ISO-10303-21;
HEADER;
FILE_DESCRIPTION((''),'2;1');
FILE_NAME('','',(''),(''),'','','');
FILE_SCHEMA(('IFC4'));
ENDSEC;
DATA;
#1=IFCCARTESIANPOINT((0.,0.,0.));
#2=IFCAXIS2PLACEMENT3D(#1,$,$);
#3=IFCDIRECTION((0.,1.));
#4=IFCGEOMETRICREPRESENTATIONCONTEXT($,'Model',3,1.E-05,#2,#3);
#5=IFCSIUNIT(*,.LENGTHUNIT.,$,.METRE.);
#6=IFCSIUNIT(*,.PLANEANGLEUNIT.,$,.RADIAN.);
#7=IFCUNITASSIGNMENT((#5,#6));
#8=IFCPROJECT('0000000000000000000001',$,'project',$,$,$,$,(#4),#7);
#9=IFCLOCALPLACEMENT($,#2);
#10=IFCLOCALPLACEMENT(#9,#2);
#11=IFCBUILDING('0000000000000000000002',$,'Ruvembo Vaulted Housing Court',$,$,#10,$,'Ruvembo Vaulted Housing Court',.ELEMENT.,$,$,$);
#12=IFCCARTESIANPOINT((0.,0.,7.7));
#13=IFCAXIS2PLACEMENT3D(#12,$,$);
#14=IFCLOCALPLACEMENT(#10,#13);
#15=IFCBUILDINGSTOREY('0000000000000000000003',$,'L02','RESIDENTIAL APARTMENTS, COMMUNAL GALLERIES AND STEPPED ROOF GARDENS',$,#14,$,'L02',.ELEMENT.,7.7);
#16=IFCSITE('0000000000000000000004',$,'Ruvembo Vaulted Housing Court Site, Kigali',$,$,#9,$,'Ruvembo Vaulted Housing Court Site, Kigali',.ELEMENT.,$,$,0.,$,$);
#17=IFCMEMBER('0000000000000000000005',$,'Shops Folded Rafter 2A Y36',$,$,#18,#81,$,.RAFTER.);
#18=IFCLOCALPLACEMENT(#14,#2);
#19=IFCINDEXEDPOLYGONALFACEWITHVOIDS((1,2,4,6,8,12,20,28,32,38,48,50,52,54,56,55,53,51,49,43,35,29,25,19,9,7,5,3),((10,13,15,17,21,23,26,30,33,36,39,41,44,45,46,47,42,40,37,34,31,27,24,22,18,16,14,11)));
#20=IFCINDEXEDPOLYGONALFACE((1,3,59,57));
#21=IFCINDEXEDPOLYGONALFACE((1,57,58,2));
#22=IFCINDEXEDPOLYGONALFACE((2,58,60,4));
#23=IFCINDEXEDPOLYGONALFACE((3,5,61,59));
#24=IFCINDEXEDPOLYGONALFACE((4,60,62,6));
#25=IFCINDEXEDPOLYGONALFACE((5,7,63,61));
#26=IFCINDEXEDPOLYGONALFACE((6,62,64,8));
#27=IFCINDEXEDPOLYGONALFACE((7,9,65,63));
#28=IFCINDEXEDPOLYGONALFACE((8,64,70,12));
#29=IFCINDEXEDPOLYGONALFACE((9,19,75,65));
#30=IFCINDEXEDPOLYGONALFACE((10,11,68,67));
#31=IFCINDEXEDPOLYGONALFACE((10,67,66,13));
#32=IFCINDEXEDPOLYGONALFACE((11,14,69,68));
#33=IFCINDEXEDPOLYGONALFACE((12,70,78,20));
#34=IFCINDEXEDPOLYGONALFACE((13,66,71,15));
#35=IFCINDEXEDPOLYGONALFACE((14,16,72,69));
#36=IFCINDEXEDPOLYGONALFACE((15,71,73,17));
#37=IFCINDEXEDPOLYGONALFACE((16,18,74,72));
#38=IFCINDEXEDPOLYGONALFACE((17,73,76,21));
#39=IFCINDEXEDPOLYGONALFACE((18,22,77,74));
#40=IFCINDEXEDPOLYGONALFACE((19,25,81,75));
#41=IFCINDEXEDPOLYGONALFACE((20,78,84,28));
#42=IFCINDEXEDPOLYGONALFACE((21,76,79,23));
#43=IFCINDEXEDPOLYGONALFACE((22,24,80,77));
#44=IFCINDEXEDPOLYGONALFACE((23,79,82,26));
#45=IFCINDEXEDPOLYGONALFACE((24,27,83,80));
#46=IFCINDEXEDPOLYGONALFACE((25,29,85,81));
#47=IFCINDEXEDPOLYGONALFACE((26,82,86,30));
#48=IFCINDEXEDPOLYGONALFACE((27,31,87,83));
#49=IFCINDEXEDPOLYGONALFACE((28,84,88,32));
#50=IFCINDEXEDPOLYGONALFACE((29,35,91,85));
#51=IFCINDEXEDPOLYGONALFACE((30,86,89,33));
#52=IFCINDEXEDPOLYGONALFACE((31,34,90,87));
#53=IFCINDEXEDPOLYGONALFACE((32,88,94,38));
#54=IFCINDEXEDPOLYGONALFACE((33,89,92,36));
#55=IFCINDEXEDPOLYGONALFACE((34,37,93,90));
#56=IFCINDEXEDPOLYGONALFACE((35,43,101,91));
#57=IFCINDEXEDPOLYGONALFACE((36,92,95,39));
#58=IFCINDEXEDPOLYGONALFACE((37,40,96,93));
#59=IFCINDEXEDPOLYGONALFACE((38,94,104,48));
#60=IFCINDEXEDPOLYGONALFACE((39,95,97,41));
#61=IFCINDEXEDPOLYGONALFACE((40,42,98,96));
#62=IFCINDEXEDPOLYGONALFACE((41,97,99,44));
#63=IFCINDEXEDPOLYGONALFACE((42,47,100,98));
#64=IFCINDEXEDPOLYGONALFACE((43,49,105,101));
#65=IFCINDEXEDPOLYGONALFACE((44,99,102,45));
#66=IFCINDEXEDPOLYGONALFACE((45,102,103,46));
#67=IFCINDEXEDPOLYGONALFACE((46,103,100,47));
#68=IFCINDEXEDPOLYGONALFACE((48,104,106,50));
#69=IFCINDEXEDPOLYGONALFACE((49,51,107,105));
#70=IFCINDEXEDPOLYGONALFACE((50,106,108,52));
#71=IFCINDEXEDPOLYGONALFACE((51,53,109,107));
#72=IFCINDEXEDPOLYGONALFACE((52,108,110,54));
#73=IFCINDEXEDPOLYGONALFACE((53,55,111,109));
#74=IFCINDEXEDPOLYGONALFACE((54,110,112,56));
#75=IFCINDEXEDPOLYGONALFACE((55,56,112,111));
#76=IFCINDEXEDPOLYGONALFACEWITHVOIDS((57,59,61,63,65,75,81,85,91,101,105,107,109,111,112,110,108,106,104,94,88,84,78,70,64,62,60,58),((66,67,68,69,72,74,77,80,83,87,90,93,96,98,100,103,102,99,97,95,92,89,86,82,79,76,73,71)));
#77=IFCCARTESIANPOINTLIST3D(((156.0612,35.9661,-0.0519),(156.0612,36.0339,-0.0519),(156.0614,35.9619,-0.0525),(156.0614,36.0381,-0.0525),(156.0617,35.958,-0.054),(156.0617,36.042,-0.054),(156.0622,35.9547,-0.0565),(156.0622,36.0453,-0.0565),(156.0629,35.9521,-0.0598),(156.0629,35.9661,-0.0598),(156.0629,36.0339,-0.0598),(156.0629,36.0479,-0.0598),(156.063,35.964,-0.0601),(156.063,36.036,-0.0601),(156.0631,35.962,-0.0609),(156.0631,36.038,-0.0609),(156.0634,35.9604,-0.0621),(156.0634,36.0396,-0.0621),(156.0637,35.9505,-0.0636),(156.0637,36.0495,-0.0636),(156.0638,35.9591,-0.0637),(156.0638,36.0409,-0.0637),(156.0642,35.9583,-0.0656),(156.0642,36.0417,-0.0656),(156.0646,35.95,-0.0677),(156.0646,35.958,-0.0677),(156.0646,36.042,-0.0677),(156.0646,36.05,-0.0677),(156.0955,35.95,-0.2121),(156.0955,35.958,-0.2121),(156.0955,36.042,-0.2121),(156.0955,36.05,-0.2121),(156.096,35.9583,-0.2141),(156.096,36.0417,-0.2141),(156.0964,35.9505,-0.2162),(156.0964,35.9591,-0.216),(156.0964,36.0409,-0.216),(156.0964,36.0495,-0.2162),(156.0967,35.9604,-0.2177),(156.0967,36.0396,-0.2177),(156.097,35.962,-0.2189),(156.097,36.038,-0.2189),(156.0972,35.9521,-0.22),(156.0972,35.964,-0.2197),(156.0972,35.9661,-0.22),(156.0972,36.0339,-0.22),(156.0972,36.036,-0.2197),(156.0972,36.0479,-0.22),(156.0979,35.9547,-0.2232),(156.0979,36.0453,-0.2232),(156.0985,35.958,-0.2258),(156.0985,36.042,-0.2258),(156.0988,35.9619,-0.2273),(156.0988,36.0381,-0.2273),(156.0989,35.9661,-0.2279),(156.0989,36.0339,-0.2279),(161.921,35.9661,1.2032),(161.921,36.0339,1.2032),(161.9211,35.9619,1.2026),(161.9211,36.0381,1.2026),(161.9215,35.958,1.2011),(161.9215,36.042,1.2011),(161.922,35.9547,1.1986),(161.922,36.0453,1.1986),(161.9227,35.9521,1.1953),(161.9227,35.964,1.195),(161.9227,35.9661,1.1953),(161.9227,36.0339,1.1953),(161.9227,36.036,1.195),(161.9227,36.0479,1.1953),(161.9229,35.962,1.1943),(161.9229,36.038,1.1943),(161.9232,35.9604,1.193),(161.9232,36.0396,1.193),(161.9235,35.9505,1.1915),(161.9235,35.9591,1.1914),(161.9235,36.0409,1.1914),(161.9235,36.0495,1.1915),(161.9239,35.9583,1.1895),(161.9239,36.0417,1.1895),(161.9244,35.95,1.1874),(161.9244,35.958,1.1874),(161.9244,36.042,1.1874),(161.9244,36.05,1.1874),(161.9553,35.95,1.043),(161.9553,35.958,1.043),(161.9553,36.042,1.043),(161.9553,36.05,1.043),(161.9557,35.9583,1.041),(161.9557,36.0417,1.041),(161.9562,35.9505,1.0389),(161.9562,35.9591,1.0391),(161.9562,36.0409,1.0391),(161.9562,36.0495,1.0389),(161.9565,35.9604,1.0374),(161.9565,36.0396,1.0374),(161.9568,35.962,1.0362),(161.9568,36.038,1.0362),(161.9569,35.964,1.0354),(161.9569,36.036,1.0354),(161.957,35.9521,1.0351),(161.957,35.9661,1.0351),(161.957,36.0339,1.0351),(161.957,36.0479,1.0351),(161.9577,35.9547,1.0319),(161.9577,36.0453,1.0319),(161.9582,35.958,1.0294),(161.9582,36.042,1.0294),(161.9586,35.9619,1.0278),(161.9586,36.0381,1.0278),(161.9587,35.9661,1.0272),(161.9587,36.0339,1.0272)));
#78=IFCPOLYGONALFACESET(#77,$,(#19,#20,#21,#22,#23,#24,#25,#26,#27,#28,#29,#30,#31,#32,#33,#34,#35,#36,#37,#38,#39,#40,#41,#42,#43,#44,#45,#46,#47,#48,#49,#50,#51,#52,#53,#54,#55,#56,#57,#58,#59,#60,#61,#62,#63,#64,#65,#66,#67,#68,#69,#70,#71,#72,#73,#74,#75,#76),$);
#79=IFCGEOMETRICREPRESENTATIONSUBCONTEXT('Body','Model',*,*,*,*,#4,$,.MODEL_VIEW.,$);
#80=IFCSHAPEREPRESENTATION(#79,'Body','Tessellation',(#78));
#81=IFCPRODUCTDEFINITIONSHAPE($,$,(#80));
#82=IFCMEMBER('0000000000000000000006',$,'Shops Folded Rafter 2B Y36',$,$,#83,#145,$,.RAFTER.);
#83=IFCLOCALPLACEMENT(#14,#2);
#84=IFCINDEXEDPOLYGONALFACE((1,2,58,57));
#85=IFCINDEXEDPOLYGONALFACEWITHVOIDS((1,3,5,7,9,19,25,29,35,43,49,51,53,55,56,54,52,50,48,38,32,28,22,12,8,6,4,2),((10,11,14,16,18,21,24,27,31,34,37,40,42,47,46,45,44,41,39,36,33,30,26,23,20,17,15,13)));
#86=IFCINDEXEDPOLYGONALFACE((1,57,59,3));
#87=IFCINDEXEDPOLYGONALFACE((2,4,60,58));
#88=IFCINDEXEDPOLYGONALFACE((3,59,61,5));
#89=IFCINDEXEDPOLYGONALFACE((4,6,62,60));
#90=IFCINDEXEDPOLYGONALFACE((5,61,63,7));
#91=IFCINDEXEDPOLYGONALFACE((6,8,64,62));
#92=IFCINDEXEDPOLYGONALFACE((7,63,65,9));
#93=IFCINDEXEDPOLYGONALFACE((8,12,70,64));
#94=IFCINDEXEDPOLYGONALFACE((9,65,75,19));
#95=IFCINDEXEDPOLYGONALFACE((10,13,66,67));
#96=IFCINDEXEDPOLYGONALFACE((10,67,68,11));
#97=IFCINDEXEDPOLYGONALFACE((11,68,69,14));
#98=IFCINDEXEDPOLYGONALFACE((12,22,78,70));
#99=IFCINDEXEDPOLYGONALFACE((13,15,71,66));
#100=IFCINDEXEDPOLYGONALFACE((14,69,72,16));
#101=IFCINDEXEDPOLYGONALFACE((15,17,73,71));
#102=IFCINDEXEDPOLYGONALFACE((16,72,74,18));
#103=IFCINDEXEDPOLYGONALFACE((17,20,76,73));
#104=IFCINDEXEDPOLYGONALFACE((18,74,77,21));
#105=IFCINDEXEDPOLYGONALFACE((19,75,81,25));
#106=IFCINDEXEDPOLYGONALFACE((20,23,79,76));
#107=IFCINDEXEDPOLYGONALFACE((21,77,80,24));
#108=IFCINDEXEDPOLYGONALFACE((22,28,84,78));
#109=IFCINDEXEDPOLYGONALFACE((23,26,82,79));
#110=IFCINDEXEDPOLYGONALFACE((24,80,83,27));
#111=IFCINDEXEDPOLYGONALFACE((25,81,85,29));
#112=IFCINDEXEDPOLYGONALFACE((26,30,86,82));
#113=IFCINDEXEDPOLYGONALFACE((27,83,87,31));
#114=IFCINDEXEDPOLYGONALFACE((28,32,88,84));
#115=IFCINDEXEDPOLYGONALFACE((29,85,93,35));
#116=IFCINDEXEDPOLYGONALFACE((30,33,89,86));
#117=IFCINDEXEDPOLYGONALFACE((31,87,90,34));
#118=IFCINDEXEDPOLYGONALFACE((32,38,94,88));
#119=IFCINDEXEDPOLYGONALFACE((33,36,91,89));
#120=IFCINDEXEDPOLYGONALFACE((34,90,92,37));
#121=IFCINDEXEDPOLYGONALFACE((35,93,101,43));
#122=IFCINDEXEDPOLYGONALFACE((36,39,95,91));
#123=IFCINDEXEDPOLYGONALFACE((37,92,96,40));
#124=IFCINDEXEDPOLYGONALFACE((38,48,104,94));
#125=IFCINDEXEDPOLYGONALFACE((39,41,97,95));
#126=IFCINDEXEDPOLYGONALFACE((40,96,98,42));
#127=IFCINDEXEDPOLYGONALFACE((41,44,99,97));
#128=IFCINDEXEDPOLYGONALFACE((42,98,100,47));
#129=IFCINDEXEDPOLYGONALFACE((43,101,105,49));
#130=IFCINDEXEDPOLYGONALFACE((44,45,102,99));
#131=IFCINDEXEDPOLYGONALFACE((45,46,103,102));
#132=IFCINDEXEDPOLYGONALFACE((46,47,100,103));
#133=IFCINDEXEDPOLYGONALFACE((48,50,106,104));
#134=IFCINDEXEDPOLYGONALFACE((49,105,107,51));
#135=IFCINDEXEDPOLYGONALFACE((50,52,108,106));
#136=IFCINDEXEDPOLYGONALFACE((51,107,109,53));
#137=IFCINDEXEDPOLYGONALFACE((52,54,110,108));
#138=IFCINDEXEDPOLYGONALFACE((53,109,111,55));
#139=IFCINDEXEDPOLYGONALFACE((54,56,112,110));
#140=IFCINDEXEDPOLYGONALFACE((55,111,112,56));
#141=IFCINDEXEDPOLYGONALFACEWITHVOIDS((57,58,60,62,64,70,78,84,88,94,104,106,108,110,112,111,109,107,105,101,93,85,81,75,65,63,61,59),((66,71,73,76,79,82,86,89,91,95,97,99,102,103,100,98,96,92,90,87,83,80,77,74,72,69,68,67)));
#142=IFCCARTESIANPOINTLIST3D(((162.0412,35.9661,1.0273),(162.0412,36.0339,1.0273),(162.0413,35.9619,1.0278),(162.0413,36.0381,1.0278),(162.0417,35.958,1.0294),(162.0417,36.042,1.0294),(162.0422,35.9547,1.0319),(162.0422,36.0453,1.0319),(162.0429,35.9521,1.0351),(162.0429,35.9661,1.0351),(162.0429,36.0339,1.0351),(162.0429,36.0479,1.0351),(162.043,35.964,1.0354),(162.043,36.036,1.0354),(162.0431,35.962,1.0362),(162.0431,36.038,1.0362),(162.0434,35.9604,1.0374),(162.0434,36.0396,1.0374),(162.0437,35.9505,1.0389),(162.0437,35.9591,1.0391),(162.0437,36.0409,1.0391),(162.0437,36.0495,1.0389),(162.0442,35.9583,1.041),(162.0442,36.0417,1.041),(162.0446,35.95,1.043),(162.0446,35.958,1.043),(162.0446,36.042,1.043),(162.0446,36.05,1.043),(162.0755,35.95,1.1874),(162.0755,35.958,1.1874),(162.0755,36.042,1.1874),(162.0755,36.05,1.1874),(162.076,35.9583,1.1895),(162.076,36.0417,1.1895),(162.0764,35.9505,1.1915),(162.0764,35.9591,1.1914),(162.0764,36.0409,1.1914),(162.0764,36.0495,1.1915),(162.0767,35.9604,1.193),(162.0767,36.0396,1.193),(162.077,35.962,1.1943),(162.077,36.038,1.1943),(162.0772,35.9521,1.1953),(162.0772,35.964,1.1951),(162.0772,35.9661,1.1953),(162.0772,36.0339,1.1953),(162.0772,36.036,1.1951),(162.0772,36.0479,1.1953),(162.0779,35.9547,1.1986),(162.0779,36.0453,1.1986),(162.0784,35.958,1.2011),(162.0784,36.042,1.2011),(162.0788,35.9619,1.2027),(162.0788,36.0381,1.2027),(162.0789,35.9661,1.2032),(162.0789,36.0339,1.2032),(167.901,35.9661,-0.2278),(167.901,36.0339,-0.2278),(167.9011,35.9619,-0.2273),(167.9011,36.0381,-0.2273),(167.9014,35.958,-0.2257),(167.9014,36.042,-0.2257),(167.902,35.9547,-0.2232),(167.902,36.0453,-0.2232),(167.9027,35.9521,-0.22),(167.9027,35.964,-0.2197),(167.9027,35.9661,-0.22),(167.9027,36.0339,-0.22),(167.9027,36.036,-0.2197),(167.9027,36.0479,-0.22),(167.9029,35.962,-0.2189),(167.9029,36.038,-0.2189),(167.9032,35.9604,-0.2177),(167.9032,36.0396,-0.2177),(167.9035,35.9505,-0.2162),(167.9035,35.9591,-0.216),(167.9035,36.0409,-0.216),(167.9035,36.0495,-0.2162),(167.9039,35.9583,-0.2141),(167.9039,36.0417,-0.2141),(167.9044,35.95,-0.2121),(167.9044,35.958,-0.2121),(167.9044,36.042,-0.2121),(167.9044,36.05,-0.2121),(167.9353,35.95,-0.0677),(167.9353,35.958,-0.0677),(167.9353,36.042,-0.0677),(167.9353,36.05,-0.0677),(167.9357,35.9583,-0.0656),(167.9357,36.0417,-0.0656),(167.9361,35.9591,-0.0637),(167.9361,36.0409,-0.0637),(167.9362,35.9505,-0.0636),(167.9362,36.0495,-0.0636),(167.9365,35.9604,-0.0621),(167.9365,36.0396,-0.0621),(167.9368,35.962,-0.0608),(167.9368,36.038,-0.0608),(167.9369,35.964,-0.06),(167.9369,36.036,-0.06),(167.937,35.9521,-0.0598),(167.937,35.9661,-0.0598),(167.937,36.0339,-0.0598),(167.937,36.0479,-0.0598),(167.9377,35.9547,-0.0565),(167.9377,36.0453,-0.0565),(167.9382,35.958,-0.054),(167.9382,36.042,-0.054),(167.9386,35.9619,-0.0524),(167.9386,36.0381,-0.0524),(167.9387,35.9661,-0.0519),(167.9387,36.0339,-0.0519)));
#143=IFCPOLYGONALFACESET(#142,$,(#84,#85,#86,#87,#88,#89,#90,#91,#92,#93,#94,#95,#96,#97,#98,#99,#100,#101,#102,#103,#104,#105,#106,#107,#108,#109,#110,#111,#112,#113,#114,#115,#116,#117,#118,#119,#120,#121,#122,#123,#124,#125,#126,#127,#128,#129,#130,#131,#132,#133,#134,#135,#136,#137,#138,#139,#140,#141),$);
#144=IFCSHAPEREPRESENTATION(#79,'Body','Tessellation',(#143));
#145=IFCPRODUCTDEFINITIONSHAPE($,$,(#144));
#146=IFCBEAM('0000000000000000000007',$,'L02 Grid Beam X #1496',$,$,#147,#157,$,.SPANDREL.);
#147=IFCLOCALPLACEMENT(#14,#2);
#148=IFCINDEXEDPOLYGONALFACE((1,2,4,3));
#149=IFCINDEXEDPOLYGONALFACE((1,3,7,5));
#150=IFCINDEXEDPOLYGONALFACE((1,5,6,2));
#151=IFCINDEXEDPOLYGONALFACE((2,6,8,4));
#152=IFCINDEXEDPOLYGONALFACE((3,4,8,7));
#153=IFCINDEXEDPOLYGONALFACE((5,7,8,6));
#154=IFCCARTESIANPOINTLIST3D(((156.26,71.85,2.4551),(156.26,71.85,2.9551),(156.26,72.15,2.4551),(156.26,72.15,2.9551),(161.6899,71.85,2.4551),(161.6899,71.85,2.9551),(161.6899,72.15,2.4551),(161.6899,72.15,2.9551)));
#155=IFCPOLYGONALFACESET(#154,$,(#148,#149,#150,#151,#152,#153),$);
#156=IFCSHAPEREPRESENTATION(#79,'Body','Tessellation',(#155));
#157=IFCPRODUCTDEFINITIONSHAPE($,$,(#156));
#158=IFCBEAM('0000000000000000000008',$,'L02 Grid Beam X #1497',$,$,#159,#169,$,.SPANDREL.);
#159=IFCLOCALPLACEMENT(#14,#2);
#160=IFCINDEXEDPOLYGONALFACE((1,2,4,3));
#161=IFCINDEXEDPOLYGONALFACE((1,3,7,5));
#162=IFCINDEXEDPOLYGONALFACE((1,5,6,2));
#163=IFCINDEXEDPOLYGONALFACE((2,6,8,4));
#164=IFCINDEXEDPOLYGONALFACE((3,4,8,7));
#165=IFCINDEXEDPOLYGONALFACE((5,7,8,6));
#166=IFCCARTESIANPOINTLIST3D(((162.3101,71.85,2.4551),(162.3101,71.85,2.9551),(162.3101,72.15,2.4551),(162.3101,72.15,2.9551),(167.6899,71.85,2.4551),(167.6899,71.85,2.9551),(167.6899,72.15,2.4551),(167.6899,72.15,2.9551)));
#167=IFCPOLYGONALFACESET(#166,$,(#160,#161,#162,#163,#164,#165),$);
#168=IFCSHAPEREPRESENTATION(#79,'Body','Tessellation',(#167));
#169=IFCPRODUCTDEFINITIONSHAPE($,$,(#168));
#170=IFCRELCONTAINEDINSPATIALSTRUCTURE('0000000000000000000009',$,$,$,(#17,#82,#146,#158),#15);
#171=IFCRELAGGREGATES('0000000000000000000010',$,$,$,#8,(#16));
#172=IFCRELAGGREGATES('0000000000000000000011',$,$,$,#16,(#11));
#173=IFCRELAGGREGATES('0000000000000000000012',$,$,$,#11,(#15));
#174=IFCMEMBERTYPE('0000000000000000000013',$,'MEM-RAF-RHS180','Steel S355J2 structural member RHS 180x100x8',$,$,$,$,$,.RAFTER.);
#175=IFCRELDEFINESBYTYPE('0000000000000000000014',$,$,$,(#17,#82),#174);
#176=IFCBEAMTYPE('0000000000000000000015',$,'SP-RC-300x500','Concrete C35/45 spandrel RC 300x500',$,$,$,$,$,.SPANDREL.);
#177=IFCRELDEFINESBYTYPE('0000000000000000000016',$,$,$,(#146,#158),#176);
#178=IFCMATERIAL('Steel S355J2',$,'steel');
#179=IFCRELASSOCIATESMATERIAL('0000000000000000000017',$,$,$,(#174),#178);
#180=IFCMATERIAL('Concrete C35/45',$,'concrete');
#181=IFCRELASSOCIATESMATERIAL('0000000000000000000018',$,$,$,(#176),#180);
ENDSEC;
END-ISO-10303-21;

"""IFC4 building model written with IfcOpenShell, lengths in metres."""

from ifc_helpers import new_model, si_unit, direction, frame, origin, origin_2d, place, context, subcontext, project, spatial, rectangle, hollow_rectangle, extrude, material, material_profile, profile_set, type_object, element, save


model = new_model("IFC4")

# Units and contexts
model_context = context("Model", 3, precision=1e-05, world=origin(), true_north=direction((0.0, 1.0)))
body_context = subcontext(model_context, "Body", "Model", "MODEL_VIEW")
ifc_project = project(units=[si_unit("LENGTHUNIT", "METRE"), si_unit("PLANEANGLEUNIT", "RADIAN")], contexts=[model_context])

# Site, building, storey
site_placement = place(None, origin())
site = spatial("IfcSite", under=ifc_project, at=site_placement, Name="Ruvembo Vaulted Housing Court Site, Kigali", LongName="Ruvembo Vaulted Housing Court Site, Kigali", CompositionType="ELEMENT", RefElevation=0.0)
building_placement = place(site_placement, origin())
building = spatial("IfcBuilding", under=site, at=building_placement, Name="Ruvembo Vaulted Housing Court", LongName="Ruvembo Vaulted Housing Court", CompositionType="ELEMENT")
storey_placement = place(building_placement, frame((0.0, 0.0, 7.7)))
storey = spatial("IfcBuildingStorey", under=building, at=storey_placement, Name="L02", Description="RESIDENTIAL APARTMENTS, COMMUNAL GALLERIES AND STEPPED ROOF GARDENS", LongName="L02", CompositionType="ELEMENT", Elevation=7.7)

# Members
ifc_material_1 = material(Name="Steel S355J2", Category="steel")
ifc_material_profile_1 = material_profile(ifc_material_1, hollow_rectangle(XDim=0.1001, YDim=0.1799, WallThickness=0.0081, InnerFilletRadius=0.0081, OuterFilletRadius=0.0161, at=origin_2d()), Name="RHS 180x100x8")
ifc_profile_set_1 = profile_set([ifc_material_profile_1], Name="Steel S355J2")
member_type = type_object("IfcMemberType", Name="MEM-RAF-RHS180", Description="Steel S355J2 structural member RHS 180x100x8", PredefinedType="RAFTER", material=ifc_profile_set_1)
for number, where, z_axis, x_axis, name in (
    (1, (156.0801, 36.0, -0.1399), (0.977821, 0.0, 0.20944), (0.0, 1.0, 0.0), "Shops Folded Rafter 2A Y36"),
    (2, (162.0601, 36.0, 1.1152), (0.977821, 0.0, -0.20944), (0.0, 1.0, 0.0), "Shops Folded Rafter 2B Y36"),
):
    element("IfcMember", number, at=place(storey_placement, frame(where, z_axis=z_axis, x_axis=x_axis)), inside=storey, type_object=member_type, Name=name, PredefinedType="RAFTER", context=body_context, shape_type="SweptSolid", body=[
        extrude(hollow_rectangle(XDim=0.1001, YDim=0.1799, WallThickness=0.0081, InnerFilletRadius=0.0081, OuterFilletRadius=0.0161, at=origin_2d()), origin(), (0.0, 0.0, 1.0), 5.9927),
    ])

# Beams
ifc_material_2 = material(Name="Concrete C35/45", Category="concrete")
ifc_material_profile_2 = material_profile(ifc_material_2, rectangle(XDim=0.3, YDim=0.5, at=origin_2d()), Name="RC 300x500")
ifc_profile_set_2 = profile_set([ifc_material_profile_2], Name="Concrete C35/45")
beam_type = type_object("IfcBeamType", Name="SP-RC-300x500", Description="Concrete C35/45 spandrel RC 300x500", PredefinedType="SPANDREL", material=ifc_profile_set_2)
beam_1_placement = place(storey_placement, frame((156.26, 72.0, 2.7051), z_axis=(1.0, 0.0, 0.0), x_axis=(0.0, 1.0, 0.0)))
element("IfcBeam", 3, at=beam_1_placement, inside=storey, type_object=beam_type, Name="L02 Grid Beam X #1496", PredefinedType="SPANDREL", context=body_context, shape_type="SweptSolid", body=[
    extrude(rectangle(XDim=0.3, YDim=0.5, at=origin_2d()), origin(), (0.0, 0.0, 1.0), 5.4299),
])
beam_2_placement = place(storey_placement, frame((162.3101, 72.0, 2.7051), z_axis=(1.0, 0.0, 0.0), x_axis=(0.0, 1.0, 0.0)))
element("IfcBeam", 4, at=beam_2_placement, inside=storey, type_object=beam_type, Name="L02 Grid Beam X #1497", PredefinedType="SPANDREL", context=body_context, shape_type="SweptSolid", body=[
    extrude(rectangle(XDim=0.3, YDim=0.5, at=origin_2d()), origin(), (0.0, 0.0, 1.0), 5.3799),
])

save(model, "model.ifc")
